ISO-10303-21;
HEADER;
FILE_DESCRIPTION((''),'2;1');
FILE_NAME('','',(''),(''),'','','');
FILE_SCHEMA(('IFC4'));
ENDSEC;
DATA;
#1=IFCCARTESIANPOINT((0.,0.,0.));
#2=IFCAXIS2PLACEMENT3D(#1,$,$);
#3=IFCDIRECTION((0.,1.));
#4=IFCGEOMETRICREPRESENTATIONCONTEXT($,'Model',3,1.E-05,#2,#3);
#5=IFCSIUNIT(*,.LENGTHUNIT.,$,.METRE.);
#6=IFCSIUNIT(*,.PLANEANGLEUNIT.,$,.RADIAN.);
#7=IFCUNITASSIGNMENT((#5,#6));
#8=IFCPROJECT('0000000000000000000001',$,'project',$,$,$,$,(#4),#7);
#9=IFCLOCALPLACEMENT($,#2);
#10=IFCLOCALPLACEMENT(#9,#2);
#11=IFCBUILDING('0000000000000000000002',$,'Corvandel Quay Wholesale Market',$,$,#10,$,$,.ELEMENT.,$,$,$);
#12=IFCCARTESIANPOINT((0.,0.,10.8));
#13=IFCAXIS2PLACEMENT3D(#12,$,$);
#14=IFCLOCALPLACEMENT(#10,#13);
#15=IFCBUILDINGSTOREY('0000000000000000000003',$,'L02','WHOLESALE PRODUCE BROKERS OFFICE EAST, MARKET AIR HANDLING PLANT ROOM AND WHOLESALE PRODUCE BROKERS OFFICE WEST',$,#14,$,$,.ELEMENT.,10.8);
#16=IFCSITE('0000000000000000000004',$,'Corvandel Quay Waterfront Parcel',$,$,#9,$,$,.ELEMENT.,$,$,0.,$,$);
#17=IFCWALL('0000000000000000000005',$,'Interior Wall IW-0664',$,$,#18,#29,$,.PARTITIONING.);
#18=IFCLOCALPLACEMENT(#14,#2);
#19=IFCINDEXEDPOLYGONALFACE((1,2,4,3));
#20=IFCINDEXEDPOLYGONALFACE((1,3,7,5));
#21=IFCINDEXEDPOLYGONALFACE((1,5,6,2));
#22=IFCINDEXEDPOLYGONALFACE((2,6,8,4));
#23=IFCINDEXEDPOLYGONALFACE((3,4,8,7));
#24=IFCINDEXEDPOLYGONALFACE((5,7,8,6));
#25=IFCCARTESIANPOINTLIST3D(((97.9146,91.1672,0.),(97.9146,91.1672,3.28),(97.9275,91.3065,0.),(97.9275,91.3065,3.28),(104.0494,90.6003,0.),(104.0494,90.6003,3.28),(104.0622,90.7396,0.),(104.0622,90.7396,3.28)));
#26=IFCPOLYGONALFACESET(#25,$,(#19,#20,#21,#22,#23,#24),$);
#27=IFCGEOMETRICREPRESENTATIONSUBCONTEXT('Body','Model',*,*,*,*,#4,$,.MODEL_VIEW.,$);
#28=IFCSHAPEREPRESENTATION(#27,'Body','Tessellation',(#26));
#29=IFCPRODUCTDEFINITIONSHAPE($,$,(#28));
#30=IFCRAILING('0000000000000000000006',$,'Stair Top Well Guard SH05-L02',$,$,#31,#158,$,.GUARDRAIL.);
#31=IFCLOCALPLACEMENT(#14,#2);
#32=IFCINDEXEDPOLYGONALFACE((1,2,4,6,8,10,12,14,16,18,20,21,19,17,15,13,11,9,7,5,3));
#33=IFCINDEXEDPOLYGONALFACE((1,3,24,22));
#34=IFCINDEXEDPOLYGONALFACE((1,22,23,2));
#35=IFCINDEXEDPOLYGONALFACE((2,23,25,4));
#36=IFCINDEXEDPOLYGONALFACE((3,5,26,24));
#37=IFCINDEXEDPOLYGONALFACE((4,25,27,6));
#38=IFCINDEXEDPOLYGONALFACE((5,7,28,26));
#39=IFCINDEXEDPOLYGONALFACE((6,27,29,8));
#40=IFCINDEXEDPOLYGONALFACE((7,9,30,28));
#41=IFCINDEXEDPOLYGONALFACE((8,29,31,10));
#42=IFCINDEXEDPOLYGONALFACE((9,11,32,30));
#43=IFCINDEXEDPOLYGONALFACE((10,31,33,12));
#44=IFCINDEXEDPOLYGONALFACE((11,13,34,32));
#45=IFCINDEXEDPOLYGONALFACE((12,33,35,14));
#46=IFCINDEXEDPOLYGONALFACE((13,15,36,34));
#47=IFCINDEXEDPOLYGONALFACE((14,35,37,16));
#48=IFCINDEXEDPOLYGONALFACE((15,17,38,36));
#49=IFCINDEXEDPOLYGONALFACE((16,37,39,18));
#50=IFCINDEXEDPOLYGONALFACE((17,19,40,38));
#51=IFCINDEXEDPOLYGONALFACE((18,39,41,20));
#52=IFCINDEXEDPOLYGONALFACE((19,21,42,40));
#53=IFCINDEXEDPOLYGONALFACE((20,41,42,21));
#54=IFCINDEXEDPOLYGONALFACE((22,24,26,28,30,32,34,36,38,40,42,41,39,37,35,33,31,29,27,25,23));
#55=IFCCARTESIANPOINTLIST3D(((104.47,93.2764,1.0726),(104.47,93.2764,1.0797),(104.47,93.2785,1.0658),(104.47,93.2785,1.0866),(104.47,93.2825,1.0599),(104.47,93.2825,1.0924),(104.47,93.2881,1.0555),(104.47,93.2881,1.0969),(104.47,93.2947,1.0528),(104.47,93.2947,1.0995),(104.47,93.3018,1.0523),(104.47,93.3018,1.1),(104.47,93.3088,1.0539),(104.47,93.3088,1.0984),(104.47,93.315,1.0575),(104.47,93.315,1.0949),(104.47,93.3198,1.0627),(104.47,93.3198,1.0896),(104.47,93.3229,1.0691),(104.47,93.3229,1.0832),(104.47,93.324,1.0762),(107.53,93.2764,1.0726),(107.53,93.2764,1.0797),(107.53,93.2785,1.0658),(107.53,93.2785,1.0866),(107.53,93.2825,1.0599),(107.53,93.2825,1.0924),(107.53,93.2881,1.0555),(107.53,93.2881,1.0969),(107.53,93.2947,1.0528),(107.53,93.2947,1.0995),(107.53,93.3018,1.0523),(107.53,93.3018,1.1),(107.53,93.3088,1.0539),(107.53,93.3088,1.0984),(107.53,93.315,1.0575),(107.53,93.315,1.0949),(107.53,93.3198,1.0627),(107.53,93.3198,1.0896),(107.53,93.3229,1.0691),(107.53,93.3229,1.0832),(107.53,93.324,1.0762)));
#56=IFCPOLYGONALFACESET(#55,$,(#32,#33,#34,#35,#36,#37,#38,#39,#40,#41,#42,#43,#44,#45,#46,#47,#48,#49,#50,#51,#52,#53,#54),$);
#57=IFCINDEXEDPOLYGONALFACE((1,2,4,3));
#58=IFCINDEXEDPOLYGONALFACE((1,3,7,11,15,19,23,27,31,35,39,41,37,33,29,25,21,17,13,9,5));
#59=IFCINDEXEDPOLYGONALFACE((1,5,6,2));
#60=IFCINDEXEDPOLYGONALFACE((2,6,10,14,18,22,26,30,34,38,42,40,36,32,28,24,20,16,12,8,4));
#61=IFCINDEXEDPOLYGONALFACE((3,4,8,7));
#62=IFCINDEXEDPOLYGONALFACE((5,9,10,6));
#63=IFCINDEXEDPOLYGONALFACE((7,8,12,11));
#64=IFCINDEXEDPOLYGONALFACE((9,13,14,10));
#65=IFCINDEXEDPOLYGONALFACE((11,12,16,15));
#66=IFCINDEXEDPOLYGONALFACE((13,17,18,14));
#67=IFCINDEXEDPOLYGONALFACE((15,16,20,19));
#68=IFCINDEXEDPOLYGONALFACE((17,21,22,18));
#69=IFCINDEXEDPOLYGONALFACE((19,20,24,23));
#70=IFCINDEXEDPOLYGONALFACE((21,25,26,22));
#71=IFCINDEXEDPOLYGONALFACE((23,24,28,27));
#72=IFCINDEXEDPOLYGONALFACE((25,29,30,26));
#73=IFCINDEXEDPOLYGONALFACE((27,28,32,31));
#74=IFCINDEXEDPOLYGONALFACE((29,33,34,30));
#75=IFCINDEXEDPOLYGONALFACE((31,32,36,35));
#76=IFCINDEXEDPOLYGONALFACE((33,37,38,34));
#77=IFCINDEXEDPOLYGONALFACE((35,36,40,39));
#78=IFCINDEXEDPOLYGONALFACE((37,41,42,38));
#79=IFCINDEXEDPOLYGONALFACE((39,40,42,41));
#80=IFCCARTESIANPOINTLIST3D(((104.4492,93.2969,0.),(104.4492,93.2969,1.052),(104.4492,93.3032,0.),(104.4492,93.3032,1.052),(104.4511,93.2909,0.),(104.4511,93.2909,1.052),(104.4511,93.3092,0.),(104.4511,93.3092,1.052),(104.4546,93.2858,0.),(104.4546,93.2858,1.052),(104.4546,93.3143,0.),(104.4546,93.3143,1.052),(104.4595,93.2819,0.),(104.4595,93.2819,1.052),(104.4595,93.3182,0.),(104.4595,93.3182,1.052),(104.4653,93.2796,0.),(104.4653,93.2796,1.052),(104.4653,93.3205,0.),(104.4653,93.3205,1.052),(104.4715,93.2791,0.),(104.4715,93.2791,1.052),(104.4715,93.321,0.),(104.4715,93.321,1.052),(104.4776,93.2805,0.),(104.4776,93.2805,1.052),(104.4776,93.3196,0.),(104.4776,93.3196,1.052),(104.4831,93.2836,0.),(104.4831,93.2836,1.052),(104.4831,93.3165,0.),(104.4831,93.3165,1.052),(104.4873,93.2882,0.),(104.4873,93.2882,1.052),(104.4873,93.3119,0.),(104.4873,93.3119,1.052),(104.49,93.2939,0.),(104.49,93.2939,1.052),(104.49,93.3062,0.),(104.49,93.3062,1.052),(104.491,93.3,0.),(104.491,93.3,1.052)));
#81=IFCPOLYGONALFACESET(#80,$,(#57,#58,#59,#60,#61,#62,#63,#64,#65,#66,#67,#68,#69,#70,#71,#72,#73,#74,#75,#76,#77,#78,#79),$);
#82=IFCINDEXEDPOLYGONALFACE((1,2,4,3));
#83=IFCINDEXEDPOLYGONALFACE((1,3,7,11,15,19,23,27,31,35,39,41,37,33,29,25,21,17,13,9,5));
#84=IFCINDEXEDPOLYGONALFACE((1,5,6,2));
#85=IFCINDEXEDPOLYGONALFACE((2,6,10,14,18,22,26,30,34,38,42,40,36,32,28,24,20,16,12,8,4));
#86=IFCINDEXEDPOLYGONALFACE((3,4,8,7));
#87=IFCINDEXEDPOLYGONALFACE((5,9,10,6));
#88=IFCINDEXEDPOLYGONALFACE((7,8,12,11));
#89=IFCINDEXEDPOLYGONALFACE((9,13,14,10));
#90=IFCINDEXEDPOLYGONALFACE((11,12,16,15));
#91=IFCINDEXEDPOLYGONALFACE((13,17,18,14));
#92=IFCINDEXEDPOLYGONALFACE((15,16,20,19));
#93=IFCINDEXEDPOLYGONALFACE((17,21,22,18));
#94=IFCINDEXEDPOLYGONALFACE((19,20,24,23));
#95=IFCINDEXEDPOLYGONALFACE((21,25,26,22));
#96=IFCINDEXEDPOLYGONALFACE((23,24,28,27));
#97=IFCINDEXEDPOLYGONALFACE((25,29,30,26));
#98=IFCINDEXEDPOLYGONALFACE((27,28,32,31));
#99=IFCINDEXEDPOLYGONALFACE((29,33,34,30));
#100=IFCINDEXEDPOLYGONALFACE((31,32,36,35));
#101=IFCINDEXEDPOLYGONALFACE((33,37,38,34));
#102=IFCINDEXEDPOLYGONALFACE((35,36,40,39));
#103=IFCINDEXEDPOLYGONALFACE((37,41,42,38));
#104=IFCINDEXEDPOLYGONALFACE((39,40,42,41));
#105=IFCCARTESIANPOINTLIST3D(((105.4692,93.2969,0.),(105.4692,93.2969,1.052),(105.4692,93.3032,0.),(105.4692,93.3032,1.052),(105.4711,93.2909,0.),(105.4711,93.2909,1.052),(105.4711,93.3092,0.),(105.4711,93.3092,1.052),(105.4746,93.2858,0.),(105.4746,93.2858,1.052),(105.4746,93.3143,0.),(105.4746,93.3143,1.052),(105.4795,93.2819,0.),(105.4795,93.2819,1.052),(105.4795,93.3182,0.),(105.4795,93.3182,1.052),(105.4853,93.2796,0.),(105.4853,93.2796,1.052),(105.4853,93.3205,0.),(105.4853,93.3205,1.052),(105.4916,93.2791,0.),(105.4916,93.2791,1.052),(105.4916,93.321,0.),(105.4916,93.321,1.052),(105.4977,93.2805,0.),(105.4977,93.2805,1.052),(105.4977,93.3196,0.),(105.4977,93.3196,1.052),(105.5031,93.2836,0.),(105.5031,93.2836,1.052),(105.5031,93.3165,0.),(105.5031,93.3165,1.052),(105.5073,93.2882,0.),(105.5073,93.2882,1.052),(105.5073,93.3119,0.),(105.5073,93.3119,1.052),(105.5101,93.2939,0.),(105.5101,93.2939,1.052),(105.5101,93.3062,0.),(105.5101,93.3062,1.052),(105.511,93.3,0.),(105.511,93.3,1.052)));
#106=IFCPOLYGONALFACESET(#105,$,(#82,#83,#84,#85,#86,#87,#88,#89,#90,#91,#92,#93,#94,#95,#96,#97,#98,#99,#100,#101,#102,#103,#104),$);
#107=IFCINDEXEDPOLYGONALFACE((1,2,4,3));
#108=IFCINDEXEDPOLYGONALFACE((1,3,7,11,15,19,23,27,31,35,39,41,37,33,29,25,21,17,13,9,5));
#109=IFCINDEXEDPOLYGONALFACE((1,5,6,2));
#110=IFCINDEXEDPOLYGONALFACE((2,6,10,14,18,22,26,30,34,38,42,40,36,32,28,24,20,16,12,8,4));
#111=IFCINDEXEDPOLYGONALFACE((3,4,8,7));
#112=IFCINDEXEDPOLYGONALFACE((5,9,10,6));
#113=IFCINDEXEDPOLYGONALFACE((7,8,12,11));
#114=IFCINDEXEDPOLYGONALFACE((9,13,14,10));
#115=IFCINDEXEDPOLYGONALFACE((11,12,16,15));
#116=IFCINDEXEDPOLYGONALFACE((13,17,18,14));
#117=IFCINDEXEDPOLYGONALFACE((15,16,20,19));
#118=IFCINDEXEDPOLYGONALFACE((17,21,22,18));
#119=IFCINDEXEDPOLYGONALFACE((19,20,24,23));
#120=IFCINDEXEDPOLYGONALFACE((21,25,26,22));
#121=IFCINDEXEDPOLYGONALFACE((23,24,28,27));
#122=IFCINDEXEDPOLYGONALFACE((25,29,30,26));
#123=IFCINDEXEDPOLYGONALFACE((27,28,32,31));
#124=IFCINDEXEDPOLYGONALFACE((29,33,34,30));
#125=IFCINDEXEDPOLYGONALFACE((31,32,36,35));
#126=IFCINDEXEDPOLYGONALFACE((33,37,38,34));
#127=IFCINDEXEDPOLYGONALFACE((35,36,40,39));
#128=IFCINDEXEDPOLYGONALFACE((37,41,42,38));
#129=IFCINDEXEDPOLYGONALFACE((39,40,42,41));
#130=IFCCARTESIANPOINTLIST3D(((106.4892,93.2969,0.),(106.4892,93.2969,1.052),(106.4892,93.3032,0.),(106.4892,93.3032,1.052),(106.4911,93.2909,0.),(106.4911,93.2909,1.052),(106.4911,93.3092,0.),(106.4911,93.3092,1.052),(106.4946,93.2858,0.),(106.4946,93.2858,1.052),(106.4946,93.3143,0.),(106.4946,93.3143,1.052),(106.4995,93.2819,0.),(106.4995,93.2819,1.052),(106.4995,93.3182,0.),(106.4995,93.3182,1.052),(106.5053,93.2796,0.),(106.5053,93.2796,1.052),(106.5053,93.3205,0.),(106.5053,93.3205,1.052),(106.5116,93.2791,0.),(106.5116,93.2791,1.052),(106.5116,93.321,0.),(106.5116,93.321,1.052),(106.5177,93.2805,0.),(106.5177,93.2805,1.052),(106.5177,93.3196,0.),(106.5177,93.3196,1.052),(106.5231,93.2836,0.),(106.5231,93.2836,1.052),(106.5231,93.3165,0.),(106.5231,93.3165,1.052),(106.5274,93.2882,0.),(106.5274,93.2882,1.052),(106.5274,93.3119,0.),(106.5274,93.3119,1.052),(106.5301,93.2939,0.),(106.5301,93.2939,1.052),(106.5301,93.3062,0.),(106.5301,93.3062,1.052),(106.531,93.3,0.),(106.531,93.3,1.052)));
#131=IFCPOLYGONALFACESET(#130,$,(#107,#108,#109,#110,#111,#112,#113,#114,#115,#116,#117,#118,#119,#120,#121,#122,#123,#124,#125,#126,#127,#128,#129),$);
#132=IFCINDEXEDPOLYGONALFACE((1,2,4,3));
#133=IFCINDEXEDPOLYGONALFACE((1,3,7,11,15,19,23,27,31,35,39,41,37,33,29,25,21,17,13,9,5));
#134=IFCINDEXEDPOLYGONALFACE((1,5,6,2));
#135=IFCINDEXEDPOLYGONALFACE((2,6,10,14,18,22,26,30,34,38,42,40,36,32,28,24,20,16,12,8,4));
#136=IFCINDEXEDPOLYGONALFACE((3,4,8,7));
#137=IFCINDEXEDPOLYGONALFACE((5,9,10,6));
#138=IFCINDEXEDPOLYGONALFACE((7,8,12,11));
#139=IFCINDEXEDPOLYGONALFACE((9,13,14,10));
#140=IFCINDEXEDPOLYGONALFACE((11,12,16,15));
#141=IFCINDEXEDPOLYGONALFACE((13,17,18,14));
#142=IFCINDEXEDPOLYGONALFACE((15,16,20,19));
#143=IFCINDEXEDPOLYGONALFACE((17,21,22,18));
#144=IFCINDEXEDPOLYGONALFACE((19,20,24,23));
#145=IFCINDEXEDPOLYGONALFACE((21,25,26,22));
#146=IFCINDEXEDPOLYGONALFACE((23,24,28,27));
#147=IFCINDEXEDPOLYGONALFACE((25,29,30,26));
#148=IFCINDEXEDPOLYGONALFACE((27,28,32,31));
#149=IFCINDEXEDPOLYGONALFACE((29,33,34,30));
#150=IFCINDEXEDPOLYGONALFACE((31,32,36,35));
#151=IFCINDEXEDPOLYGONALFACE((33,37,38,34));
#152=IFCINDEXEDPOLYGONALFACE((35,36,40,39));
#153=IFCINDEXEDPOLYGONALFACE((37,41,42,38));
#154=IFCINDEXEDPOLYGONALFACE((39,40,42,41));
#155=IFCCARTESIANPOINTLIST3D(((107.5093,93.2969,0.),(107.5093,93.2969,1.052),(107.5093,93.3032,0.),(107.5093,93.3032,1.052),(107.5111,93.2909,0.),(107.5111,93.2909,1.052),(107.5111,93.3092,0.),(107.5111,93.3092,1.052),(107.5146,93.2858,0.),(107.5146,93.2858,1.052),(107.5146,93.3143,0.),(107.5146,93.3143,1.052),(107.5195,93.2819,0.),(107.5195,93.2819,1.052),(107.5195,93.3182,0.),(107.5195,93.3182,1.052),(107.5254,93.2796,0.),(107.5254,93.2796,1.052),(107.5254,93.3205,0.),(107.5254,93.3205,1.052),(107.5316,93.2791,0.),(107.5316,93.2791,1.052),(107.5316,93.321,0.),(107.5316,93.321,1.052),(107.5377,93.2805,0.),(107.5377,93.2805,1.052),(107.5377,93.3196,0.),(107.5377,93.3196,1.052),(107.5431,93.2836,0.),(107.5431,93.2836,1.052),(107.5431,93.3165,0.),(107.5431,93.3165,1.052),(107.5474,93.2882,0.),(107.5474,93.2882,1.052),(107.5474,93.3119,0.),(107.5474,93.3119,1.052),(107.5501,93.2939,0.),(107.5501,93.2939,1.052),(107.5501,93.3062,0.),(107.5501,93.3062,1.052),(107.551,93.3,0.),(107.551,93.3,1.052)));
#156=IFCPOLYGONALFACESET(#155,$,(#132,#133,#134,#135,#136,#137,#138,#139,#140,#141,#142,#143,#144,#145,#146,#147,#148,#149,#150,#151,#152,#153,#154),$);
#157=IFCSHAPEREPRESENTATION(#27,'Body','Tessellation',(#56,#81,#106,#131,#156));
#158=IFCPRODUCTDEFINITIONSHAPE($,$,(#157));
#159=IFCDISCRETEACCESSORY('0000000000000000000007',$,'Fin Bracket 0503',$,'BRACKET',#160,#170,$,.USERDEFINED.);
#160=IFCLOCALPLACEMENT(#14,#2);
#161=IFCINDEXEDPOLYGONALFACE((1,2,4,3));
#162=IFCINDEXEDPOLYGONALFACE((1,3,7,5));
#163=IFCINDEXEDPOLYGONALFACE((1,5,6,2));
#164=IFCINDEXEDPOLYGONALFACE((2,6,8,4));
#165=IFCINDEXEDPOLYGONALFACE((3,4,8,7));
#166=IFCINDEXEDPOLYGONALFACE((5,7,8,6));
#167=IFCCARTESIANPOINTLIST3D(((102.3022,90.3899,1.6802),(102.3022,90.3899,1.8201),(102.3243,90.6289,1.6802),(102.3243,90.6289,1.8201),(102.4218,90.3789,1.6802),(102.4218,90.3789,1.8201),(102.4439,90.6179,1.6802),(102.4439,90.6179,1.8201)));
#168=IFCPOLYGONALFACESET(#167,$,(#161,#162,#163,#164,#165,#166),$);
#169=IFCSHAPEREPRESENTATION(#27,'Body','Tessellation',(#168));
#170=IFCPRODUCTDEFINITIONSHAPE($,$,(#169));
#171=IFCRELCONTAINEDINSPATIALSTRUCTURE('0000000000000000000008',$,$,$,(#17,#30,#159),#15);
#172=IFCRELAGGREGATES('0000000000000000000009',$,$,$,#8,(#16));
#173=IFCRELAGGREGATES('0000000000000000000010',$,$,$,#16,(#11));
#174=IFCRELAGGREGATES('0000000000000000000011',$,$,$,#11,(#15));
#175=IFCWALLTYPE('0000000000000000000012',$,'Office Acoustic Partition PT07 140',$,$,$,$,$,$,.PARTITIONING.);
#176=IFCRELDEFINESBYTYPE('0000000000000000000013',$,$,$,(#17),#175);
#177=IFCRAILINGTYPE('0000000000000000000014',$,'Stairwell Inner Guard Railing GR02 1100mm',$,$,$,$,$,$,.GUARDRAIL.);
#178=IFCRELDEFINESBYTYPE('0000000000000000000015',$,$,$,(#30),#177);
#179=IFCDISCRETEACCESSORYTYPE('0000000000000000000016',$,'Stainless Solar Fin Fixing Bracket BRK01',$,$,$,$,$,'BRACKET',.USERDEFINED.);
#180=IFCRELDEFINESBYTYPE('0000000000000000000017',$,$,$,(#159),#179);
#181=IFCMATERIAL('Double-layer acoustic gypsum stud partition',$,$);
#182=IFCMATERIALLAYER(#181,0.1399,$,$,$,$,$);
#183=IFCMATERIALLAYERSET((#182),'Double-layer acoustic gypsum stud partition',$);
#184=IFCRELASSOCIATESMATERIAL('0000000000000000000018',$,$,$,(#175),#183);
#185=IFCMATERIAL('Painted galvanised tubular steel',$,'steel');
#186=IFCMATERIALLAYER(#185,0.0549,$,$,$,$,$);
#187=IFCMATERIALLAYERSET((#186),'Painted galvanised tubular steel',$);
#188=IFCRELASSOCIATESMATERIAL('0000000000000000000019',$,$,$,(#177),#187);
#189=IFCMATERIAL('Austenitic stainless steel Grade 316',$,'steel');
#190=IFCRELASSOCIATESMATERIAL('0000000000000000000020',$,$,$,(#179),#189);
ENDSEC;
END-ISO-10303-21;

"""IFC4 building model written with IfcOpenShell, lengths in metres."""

from ifc_helpers import new_model, si_unit, direction, frame, frame_2d, origin, origin_2d, place, context, subcontext, project, spatial, rectangle, circle, extrude, material, layer, layer_set, type_object, element, save


model = new_model("IFC4")

# Units and contexts
model_context = context("Model", 3, precision=1e-05, world=origin(), true_north=direction((0.0, 1.0)))
body_context = subcontext(model_context, "Body", "Model", "MODEL_VIEW")
ifc_project = project(units=[si_unit("LENGTHUNIT", "METRE"), si_unit("PLANEANGLEUNIT", "RADIAN")], contexts=[model_context])

# Site, building, storey
site_placement = place(None, origin())
site = spatial("IfcSite", under=ifc_project, at=site_placement, Name="Corvandel Quay Waterfront Parcel", CompositionType="ELEMENT", RefElevation=0.0)
building_placement = place(site_placement, origin())
building = spatial("IfcBuilding", under=site, at=building_placement, Name="Corvandel Quay Wholesale Market", CompositionType="ELEMENT")
storey_placement = place(building_placement, frame((0.0, 0.0, 10.8)))
storey = spatial("IfcBuildingStorey", under=building, at=storey_placement, Name="L02", Description="WHOLESALE PRODUCE BROKERS OFFICE EAST, MARKET AIR HANDLING PLANT ROOM AND WHOLESALE PRODUCE BROKERS OFFICE WEST", CompositionType="ELEMENT", Elevation=10.8)

# Wall
ifc_material_1 = material(Name="Double-layer acoustic gypsum stud partition")
ifc_layer_1 = layer(ifc_material_1, 0.1399)
ifc_layer_set_1 = layer_set([ifc_layer_1], Name="Double-layer acoustic gypsum stud partition")
wall_type_1 = type_object("IfcWallType", Name="Office Acoustic Partition PT07 140", PredefinedType="PARTITIONING", material=ifc_layer_set_1)
wall_1_placement = place(storey_placement, frame((104.0559, 90.6699, 0.0), z_axis=(0.0, 0.0, 1.0), x_axis=(-0.995758, 0.092015, 0.0)))
element("IfcWall", 1, at=wall_1_placement, inside=storey, type_object=wall_type_1, Name="Interior Wall IW-0664", PredefinedType="PARTITIONING", context=body_context, shape_type="SweptSolid", body=[
    extrude(rectangle(XDim=6.1609, YDim=0.1399, at=frame_2d((3.0806, 0.0))), origin(), (0.0, 0.0, 1.0), 3.28),
])

# Railing
ifc_material_2 = material(Name="Painted galvanised tubular steel", Category="steel")
ifc_layer_2 = layer(ifc_material_2, 0.0549)
ifc_layer_set_2 = layer_set([ifc_layer_2], Name="Painted galvanised tubular steel")
railing_type = type_object("IfcRailingType", Name="Stairwell Inner Guard Railing GR02 1100mm", PredefinedType="GUARDRAIL", material=ifc_layer_set_2)
railing_placement = place(storey_placement, frame((104.47, 93.3, 0.0)))
element("IfcRailing", 2, at=railing_placement, inside=storey, type_object=railing_type, Name="Stair Top Well Guard SH05-L02", PredefinedType="GUARDRAIL", context=body_context, shape_type="SweptSolid", body=[
    extrude(circle(Radius=0.0239, at=origin_2d()), frame((0.0, 0.0, 1.0762), z_axis=(1.0, 0.0, 0.0), x_axis=(0.0, 1.0, 0.0)), (0.0, 0.0, 1.0), 3.0601),
    extrude(circle(Radius=0.021, at=origin_2d()), origin(), (0.0, 0.0, 1.0), 1.052),
    extrude(circle(Radius=0.021, at=origin_2d()), frame((1.02, 0.0, 0.0)), (0.0, 0.0, 1.0), 1.052),
    extrude(circle(Radius=0.021, at=origin_2d()), frame((2.04, 0.0, 0.0)), (0.0, 0.0, 1.0), 1.052),
    extrude(circle(Radius=0.021, at=origin_2d()), frame((3.0601, 0.0, 0.0)), (0.0, 0.0, 1.0), 1.052),
])

# Discrete accessory
ifc_material_3 = material(Name="Austenitic stainless steel Grade 316", Category="steel")
discrete_accessory_type = type_object("IfcDiscreteAccessoryType", Name="Stainless Solar Fin Fixing Bracket BRK01", ElementType="BRACKET", PredefinedType="USERDEFINED", material=ifc_material_3)
discrete_accessory_placement = place(storey_placement, frame((102.373, 90.5039, 1.6802), z_axis=(0.0, 0.0, 1.0), x_axis=(0.092023, 0.995757, 0.0)))
element("IfcDiscreteAccessory", 3, at=discrete_accessory_placement, inside=storey, type_object=discrete_accessory_type, Name="Fin Bracket 0503", ObjectType="BRACKET", PredefinedType="USERDEFINED", context=body_context, shape_type="SweptSolid", body=[
    extrude(rectangle(XDim=0.24, YDim=0.1201, at=origin_2d()), origin(), (0.0, 0.0, 1.0), 0.1399),
])

save(model, "model.ifc")
